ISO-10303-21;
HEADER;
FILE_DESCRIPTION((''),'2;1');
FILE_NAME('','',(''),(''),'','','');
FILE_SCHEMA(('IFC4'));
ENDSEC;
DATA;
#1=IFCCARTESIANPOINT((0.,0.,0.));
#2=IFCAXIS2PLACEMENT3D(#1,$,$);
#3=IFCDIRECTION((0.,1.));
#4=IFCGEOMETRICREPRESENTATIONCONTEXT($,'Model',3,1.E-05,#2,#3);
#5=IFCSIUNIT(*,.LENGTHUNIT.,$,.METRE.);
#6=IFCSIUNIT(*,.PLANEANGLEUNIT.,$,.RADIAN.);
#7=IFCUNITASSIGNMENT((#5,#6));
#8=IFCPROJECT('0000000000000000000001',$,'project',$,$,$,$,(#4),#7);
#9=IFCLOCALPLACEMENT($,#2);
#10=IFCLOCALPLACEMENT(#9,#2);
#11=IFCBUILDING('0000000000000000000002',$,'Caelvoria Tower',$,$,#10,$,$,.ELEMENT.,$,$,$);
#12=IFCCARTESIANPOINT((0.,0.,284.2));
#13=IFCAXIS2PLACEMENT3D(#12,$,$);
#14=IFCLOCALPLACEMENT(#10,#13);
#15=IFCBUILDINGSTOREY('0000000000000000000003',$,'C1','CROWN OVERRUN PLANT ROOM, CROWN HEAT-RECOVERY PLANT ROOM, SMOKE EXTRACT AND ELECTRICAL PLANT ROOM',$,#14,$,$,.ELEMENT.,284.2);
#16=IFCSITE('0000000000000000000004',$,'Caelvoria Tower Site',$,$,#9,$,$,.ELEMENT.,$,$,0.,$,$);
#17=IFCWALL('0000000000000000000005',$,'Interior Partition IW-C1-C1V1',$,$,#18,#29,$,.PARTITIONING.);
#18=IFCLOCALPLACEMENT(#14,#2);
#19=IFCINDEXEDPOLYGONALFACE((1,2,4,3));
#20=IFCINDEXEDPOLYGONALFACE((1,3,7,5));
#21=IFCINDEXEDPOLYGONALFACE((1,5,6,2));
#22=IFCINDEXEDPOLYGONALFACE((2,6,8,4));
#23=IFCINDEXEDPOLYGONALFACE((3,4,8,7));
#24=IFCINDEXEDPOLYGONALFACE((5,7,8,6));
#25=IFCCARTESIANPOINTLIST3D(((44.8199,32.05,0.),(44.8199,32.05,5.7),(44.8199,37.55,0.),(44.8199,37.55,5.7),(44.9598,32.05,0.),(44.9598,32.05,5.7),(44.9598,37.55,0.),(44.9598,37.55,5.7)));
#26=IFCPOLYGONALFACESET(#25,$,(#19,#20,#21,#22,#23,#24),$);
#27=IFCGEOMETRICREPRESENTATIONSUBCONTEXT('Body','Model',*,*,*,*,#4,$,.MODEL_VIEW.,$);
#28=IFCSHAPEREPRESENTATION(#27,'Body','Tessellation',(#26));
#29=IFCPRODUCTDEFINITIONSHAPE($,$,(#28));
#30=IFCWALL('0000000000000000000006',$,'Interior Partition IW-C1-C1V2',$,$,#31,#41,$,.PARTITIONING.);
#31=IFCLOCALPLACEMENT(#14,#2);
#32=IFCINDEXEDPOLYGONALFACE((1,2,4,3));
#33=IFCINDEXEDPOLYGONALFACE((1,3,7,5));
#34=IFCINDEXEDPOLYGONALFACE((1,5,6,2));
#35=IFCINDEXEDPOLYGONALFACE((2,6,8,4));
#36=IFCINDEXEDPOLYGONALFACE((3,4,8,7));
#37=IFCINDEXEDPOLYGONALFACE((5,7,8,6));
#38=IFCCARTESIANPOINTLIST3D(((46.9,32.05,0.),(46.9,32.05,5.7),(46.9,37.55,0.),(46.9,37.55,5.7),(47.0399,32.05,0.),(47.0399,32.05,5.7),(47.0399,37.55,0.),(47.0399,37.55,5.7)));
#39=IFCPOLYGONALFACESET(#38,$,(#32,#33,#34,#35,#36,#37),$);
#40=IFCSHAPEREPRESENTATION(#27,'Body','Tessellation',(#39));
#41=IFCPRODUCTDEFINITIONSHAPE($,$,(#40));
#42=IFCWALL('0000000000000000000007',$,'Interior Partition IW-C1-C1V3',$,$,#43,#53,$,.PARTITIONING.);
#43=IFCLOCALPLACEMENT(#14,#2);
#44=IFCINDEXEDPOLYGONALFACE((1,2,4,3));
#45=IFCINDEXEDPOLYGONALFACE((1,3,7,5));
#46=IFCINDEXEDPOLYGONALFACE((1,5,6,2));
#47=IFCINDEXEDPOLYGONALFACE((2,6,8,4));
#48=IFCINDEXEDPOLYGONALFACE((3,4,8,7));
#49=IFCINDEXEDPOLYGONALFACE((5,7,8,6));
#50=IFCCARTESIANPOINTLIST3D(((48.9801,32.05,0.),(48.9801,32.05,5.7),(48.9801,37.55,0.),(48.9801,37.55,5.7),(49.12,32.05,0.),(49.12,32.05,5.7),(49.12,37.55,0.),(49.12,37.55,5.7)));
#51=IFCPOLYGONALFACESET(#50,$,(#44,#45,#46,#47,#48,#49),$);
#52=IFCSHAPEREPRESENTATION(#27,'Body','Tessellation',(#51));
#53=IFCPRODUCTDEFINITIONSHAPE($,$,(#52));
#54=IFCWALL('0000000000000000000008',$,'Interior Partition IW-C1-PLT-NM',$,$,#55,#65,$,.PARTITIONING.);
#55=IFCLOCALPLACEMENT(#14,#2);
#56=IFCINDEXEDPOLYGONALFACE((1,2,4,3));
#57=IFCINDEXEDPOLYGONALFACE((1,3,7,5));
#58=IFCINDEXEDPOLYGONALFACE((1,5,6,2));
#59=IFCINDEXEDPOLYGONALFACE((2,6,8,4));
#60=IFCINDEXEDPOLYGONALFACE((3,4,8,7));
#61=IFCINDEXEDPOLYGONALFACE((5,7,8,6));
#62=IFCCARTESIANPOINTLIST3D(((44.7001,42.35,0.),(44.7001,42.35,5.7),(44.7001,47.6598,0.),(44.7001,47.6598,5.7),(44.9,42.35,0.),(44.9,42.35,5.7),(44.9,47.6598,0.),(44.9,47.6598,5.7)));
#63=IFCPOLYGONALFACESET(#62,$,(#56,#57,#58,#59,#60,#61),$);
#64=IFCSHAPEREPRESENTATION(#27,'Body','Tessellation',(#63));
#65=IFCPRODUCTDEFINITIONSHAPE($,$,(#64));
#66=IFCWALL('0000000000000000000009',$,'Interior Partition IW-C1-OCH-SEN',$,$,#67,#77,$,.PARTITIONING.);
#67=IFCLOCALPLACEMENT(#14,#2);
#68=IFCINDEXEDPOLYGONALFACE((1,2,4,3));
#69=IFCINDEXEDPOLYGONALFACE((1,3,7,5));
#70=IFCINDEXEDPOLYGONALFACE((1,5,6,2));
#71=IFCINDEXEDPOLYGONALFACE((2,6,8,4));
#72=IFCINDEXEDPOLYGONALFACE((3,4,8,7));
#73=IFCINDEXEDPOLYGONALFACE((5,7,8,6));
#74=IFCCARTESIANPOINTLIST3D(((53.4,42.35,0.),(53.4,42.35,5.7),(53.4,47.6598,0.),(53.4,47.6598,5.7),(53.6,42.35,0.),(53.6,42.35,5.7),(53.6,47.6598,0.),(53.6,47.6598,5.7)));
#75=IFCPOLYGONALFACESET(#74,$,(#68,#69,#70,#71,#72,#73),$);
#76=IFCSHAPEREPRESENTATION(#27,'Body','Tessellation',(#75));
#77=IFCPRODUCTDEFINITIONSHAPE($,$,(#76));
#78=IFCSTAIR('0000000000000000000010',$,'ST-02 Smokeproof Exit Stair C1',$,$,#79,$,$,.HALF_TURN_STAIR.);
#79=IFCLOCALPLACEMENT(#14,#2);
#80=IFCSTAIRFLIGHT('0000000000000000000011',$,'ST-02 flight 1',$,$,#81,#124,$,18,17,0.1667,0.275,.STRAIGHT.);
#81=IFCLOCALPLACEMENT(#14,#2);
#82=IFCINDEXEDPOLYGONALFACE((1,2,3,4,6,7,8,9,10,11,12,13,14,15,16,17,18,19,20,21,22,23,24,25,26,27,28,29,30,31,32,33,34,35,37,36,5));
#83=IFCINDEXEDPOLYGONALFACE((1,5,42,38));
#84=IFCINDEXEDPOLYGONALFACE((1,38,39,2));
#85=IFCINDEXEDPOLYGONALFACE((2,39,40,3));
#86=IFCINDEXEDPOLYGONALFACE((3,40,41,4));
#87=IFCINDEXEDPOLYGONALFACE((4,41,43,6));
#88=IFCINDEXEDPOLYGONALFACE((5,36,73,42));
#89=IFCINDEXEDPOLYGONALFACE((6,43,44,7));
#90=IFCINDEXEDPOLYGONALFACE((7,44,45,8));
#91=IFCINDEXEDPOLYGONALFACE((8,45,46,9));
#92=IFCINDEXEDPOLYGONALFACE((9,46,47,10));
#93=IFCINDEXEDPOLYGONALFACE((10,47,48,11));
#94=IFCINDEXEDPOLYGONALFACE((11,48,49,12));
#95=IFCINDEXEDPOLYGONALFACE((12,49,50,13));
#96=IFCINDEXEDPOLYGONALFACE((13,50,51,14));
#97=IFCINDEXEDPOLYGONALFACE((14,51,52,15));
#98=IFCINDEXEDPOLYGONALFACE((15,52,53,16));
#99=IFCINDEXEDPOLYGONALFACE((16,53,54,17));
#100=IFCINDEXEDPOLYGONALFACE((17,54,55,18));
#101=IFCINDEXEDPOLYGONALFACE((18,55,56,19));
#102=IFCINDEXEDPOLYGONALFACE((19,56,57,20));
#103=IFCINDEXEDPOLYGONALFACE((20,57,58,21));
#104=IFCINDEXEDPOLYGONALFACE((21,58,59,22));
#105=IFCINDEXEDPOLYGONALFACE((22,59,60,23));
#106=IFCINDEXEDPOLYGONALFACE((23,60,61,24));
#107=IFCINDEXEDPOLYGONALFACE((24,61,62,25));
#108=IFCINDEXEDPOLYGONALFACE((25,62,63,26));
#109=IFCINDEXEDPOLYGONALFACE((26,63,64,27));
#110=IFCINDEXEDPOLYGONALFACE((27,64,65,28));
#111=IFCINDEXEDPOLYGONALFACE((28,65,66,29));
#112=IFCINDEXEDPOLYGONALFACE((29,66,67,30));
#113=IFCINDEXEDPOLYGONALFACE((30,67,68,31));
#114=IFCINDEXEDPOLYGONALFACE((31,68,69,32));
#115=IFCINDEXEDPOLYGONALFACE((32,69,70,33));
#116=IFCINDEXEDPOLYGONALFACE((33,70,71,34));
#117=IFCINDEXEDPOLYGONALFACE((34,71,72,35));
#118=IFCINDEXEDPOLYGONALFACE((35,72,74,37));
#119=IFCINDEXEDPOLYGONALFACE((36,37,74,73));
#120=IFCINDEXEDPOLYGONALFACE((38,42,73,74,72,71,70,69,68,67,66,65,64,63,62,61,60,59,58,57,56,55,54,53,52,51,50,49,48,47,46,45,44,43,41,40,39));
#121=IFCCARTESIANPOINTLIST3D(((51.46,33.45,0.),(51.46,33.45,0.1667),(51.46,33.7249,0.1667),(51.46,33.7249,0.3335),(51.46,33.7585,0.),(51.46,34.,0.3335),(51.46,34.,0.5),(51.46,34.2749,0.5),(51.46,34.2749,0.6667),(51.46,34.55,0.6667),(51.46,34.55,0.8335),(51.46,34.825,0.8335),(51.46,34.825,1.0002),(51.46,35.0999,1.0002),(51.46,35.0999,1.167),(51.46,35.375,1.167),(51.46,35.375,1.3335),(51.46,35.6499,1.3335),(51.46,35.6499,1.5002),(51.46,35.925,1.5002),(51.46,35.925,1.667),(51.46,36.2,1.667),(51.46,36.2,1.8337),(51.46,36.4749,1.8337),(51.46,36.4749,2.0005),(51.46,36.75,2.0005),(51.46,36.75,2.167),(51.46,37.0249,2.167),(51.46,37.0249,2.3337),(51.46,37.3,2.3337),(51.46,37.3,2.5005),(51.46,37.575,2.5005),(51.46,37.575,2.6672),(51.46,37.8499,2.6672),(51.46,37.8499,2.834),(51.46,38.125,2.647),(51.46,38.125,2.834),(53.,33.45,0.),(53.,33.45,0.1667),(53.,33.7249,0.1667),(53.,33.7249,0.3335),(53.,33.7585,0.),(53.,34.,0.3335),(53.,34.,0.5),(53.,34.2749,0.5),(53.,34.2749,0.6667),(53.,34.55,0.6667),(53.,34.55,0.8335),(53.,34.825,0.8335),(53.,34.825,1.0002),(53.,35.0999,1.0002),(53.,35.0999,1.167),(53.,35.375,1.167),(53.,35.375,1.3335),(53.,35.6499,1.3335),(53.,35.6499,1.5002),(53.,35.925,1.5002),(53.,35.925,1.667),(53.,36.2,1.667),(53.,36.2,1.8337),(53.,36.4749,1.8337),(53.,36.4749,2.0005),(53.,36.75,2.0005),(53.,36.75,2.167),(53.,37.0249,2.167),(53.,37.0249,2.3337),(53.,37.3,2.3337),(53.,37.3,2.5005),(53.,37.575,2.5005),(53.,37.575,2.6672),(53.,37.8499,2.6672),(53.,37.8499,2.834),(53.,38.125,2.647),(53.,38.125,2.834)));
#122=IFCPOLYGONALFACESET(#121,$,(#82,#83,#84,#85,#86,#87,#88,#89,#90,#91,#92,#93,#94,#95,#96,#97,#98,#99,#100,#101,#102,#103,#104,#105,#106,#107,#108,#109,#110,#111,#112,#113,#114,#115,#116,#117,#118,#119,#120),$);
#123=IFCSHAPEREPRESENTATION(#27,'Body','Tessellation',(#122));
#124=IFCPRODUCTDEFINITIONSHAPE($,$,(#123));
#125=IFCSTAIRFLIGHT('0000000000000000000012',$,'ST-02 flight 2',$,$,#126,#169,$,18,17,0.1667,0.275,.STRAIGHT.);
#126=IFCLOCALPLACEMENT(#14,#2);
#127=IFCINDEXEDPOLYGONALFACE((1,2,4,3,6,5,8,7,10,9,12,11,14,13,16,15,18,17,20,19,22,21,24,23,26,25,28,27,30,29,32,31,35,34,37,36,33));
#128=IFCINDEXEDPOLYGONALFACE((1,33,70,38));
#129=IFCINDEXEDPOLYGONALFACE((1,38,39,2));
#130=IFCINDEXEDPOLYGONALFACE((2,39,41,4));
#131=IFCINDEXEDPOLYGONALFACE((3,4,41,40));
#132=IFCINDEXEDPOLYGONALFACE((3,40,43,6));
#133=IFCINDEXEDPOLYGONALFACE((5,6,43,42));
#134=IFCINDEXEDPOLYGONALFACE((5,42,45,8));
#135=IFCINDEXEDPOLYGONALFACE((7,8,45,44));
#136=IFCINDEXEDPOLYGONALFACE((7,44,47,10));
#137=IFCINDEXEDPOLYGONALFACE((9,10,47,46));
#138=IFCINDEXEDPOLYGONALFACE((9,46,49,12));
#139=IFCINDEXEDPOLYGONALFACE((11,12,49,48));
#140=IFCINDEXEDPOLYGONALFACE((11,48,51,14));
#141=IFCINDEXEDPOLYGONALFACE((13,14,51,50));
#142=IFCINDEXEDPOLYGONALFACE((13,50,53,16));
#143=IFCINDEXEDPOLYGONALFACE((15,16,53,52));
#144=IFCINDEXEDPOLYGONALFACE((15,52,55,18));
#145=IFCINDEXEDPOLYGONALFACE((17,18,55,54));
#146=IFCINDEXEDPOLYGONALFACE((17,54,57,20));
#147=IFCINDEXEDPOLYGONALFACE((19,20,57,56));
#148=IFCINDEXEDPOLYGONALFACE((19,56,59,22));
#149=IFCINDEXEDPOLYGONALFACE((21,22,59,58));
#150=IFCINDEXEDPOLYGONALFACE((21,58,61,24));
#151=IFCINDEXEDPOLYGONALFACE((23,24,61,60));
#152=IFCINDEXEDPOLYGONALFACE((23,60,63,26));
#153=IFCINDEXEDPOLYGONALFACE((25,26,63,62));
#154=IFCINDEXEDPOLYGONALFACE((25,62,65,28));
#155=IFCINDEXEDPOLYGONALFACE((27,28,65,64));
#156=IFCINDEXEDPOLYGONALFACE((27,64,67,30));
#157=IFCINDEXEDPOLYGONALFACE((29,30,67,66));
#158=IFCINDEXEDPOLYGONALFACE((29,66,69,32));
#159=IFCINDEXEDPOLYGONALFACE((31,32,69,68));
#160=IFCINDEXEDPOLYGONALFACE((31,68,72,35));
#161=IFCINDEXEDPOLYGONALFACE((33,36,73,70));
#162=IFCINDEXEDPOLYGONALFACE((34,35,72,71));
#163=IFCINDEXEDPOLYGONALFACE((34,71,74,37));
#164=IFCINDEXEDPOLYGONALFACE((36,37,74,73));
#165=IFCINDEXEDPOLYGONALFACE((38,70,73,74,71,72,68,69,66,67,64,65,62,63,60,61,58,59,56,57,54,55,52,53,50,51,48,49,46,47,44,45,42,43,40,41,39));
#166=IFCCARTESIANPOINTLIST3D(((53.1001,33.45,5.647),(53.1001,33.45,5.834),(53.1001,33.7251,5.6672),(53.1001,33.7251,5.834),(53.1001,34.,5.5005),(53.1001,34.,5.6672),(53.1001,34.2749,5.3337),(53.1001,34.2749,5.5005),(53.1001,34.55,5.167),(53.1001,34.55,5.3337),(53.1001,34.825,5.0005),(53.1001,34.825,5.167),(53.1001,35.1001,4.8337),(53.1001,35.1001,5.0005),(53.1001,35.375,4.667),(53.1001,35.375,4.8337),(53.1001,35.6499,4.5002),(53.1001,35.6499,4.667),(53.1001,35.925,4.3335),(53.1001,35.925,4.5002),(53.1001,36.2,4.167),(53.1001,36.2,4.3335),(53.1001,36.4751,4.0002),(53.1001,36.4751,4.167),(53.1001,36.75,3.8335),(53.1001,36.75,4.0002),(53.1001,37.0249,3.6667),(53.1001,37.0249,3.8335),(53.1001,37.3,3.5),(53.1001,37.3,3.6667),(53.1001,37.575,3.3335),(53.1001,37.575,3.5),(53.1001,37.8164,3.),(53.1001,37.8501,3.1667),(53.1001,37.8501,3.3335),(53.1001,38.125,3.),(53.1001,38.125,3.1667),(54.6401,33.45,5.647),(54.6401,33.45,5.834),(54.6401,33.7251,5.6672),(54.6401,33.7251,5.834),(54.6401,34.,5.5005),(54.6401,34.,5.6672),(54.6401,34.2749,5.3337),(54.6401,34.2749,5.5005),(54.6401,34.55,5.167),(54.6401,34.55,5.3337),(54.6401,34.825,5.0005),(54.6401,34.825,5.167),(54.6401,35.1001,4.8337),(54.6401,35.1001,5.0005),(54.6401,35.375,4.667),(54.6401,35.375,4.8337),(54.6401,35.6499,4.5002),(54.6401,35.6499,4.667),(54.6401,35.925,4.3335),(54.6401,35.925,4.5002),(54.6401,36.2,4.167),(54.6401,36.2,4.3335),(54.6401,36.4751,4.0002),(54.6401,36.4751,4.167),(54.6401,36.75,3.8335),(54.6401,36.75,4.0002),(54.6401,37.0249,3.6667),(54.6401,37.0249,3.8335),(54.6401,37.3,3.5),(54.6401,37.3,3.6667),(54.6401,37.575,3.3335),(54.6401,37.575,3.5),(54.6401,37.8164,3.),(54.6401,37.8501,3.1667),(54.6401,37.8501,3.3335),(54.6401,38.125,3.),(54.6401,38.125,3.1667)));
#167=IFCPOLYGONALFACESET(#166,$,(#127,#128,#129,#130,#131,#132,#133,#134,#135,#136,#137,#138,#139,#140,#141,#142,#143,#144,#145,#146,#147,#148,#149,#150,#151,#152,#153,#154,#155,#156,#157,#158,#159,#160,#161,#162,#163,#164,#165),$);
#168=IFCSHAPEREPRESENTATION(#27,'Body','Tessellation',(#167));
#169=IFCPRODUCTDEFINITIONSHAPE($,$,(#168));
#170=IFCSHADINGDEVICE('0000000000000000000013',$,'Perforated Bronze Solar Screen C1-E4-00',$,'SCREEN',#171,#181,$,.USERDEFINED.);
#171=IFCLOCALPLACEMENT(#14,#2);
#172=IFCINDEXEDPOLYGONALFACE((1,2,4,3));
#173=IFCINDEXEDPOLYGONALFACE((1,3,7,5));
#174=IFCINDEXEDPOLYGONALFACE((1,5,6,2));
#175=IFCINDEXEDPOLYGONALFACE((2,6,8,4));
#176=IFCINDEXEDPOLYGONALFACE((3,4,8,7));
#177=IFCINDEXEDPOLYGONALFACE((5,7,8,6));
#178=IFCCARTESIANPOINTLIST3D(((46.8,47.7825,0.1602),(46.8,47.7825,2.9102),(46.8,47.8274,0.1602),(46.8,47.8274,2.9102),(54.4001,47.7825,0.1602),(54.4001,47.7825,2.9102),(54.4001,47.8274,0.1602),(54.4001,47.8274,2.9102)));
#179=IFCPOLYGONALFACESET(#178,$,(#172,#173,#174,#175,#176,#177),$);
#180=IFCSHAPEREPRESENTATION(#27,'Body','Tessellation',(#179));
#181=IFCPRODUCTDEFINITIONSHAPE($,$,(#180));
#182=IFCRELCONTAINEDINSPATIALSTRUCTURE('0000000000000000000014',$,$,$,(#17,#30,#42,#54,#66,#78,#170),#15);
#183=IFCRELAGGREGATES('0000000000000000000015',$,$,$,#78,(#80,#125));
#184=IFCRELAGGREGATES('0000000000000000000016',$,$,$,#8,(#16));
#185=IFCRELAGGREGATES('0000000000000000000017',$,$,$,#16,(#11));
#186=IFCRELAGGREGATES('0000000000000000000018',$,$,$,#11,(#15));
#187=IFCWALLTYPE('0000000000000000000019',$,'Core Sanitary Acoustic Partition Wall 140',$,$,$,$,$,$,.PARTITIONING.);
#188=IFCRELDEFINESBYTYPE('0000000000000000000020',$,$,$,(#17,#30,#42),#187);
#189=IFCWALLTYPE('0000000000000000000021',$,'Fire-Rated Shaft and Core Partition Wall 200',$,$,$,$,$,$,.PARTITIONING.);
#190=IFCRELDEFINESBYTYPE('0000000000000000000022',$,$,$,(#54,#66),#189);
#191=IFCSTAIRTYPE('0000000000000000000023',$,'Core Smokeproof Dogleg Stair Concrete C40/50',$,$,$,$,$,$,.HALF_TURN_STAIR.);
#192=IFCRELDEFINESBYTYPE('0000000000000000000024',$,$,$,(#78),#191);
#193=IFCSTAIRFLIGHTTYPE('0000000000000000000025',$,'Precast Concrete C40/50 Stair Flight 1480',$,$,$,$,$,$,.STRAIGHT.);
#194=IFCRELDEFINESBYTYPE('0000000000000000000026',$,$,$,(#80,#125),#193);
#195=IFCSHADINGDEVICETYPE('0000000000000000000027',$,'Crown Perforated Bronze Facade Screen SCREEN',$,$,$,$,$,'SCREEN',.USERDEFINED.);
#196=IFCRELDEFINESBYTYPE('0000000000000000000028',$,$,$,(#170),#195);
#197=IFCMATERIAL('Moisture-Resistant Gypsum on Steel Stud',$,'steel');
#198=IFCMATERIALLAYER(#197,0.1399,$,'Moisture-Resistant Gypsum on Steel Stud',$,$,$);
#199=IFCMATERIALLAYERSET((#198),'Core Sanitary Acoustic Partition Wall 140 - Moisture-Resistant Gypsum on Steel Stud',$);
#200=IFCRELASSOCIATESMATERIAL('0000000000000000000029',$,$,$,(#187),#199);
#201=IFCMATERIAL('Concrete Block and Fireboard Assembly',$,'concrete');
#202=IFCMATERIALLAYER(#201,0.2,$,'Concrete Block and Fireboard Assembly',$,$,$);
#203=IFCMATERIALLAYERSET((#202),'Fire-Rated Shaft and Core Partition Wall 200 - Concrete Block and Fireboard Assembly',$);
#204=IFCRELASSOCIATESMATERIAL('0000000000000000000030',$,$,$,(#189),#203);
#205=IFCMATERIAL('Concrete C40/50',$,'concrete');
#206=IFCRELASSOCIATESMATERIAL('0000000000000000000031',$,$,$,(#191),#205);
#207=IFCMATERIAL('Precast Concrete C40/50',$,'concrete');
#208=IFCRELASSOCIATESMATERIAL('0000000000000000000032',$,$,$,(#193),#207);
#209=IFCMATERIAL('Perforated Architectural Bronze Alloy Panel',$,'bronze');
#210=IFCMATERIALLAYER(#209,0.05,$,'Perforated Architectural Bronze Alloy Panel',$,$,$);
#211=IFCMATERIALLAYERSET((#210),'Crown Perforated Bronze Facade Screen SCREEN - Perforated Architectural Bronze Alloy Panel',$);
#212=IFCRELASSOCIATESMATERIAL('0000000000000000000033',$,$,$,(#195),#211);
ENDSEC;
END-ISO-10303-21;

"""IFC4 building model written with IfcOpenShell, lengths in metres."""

from ifc_helpers import new_model, si_unit, direction, frame, frame_2d, origin, origin_2d, place, context, subcontext, project, spatial, polyline, rectangle, outline, extrude, material, layer, layer_set, type_object, element, aggregate, save


model = new_model("IFC4")

# Units and contexts
model_context = context("Model", 3, precision=1e-05, world=origin(), true_north=direction((0.0, 1.0)))
body_context = subcontext(model_context, "Body", "Model", "MODEL_VIEW")
ifc_project = project(units=[si_unit("LENGTHUNIT", "METRE"), si_unit("PLANEANGLEUNIT", "RADIAN")], contexts=[model_context])

# Site, building, storey
site_placement = place(None, origin())
site = spatial("IfcSite", under=ifc_project, at=site_placement, Name="Caelvoria Tower Site", CompositionType="ELEMENT", RefElevation=0.0)
building_placement = place(site_placement, origin())
building = spatial("IfcBuilding", under=site, at=building_placement, Name="Caelvoria Tower", CompositionType="ELEMENT")
storey_placement = place(building_placement, frame((0.0, 0.0, 284.2)))
storey = spatial("IfcBuildingStorey", under=building, at=storey_placement, Name="C1", Description="CROWN OVERRUN PLANT ROOM, CROWN HEAT-RECOVERY PLANT ROOM, SMOKE EXTRACT AND ELECTRICAL PLANT ROOM", CompositionType="ELEMENT", Elevation=284.2)

# Walls
ifc_material_1 = material(Name="Moisture-Resistant Gypsum on Steel Stud", Category="steel")
ifc_layer_1 = layer(ifc_material_1, 0.1399, Name="Moisture-Resistant Gypsum on Steel Stud")
ifc_layer_set_1 = layer_set([ifc_layer_1], Name="Core Sanitary Acoustic Partition Wall 140 - Moisture-Resistant Gypsum on Steel Stud")
wall_type_1 = type_object("IfcWallType", Name="Core Sanitary Acoustic Partition Wall 140", PredefinedType="PARTITIONING", material=ifc_layer_set_1)
for number, where, z_axis, x_axis, name in (
    (1, (44.8899, 32.05, 0.0), (0.0, 0.0, 1.0), (0.0, 1.0, 0.0), "Interior Partition IW-C1-C1V1"),
    (2, (46.97, 32.05, 0.0), (0.0, 0.0, 1.0), (0.0, 1.0, 0.0), "Interior Partition IW-C1-C1V2"),
    (3, (49.05, 32.05, 0.0), (0.0, 0.0, 1.0), (0.0, 1.0, 0.0), "Interior Partition IW-C1-C1V3"),
):
    element("IfcWall", number, at=place(storey_placement, frame(where, z_axis=z_axis, x_axis=x_axis)), inside=storey, type_object=wall_type_1, Name=name, PredefinedType="PARTITIONING", context=body_context, shape_type="SweptSolid", body=[
        extrude(rectangle(XDim=5.5, YDim=0.1399, at=frame_2d((2.75, 0.0))), origin(), (0.0, 0.0, 1.0), 5.7),
    ])
ifc_material_2 = material(Name="Concrete Block and Fireboard Assembly", Category="concrete")
ifc_layer_2 = layer(ifc_material_2, 0.2, Name="Concrete Block and Fireboard Assembly")
ifc_layer_set_2 = layer_set([ifc_layer_2], Name="Fire-Rated Shaft and Core Partition Wall 200 - Concrete Block and Fireboard Assembly")
wall_type_2 = type_object("IfcWallType", Name="Fire-Rated Shaft and Core Partition Wall 200", PredefinedType="PARTITIONING", material=ifc_layer_set_2)
for number, where, z_axis, x_axis, name in (
    (4, (44.8, 42.3501, 0.0), (0.0, 0.0, 1.0), (0.0, 1.0, 0.0), "Interior Partition IW-C1-PLT-NM"),
    (5, (53.5, 42.3501, 0.0), (0.0, 0.0, 1.0), (0.0, 1.0, 0.0), "Interior Partition IW-C1-OCH-SEN"),
):
    element("IfcWall", number, at=place(storey_placement, frame(where, z_axis=z_axis, x_axis=x_axis)), inside=storey, type_object=wall_type_2, Name=name, PredefinedType="PARTITIONING", context=body_context, shape_type="SweptSolid", body=[
        extrude(rectangle(XDim=5.3098, YDim=0.2, at=frame_2d((2.6548, 0.0))), origin(), (0.0, 0.0, 1.0), 5.7),
    ])

# Stair, stair flights
ifc_material_3 = material(Name="Concrete C40/50", Category="concrete")
stair_type = type_object("IfcStairType", Name="Core Smokeproof Dogleg Stair Concrete C40/50", PredefinedType="HALF_TURN_STAIR", material=ifc_material_3)
stair_placement = place(storey_placement, origin())
stair = element("IfcStair", 6, at=stair_placement, inside=storey, type_object=stair_type, Name="ST-02 Smokeproof Exit Stair C1", PredefinedType="HALF_TURN_STAIR")
ifc_material_4 = material(Name="Precast Concrete C40/50", Category="concrete")
stair_flight_type = type_object("IfcStairFlightType", Name="Precast Concrete C40/50 Stair Flight 1480", PredefinedType="STRAIGHT", material=ifc_material_4)
stair_flight_1_placement = place(storey_placement, frame((52.23, 33.45, 0.0), z_axis=(0.0, 0.0, 1.0), x_axis=(0.0, 1.0, 0.0)))
stair_flight_1 = element("IfcStairFlight", 7, at=stair_flight_1_placement, type_object=stair_flight_type, Name="ST-02 flight 1", NumberOfRisers=18, NumberOfTreads=17, PredefinedType="STRAIGHT", RiserHeight=0.1667, TreadLength=0.275, context=body_context, shape_type="SweptSolid", body=[
    extrude(outline(polyline([(0.0, 0.0), (0.0, 0.1667), (0.2749, 0.1667), (0.2749, 0.3335), (0.55, 0.3335), (0.55, 0.5), (0.825, 0.5), (0.825, 0.6667), (1.1001, 0.6667), (1.1001, 0.8335), (1.375, 0.8335), (1.375, 1.0002), (1.6499, 1.0002), (1.6499, 1.167), (1.925, 1.167), (1.925, 1.3335), (2.2, 1.3335), (2.2, 1.5002), (2.4751, 1.5002), (2.4751, 1.667), (2.75, 1.667), (2.75, 1.8337), (3.0249, 1.8337), (3.0249, 2.0005), (3.3, 2.0005), (3.3, 2.167), (3.575, 2.167), (3.575, 2.3337), (3.8501, 2.3337), (3.8501, 2.5005), (4.125, 2.5005), (4.125, 2.6672), (4.3999, 2.6672), (4.3999, 2.834), (4.675, 2.834), (4.675, 3.0005), (4.675, 2.647), (0.3086, 0.0), (0.0, 0.0)])), frame((0.0, 0.77, 0.0), z_axis=(0.0, -1.0, 0.0), x_axis=(1.0, 0.0, 0.0)), (0.0, 0.0, 1.0), 1.54),
])
stair_flight_2_placement = place(storey_placement, frame((53.8701, 38.125, 3.0), z_axis=(0.0, 0.0, 1.0), x_axis=(0.0, -1.0, 0.0)))
stair_flight_2 = element("IfcStairFlight", 8, at=stair_flight_2_placement, type_object=stair_flight_type, Name="ST-02 flight 2", NumberOfRisers=18, NumberOfTreads=17, PredefinedType="STRAIGHT", RiserHeight=0.1667, TreadLength=0.275, context=body_context, shape_type="SweptSolid", body=[
    extrude(outline(polyline([(0.0, 0.0), (0.0, 0.1667), (0.2749, 0.1667), (0.2749, 0.3335), (0.55, 0.3335), (0.55, 0.5), (0.825, 0.5), (0.825, 0.6667), (1.1001, 0.6667), (1.1001, 0.8335), (1.375, 0.8335), (1.375, 1.0002), (1.6499, 1.0002), (1.6499, 1.167), (1.925, 1.167), (1.925, 1.3335), (2.2, 1.3335), (2.2, 1.5002), (2.4751, 1.5002), (2.4751, 1.667), (2.75, 1.667), (2.75, 1.8337), (3.0249, 1.8337), (3.0249, 2.0005), (3.3, 2.0005), (3.3, 2.167), (3.575, 2.167), (3.575, 2.3337), (3.8501, 2.3337), (3.8501, 2.5005), (4.125, 2.5005), (4.125, 2.6672), (4.3999, 2.6672), (4.3999, 2.834), (4.675, 2.834), (4.675, 3.0005), (4.675, 2.647), (0.3086, 0.0), (0.0, 0.0)])), frame((0.0, 0.77, 0.0), z_axis=(0.0, -1.0, 0.0), x_axis=(1.0, 0.0, 0.0)), (0.0, 0.0, 1.0), 1.54),
])
aggregate(stair, [stair_flight_1, stair_flight_2])

# Shading device
ifc_material_5 = material(Name="Perforated Architectural Bronze Alloy Panel", Category="bronze")
ifc_layer_3 = layer(ifc_material_5, 0.05, Name="Perforated Architectural Bronze Alloy Panel")
ifc_layer_set_3 = layer_set([ifc_layer_3], Name="Crown Perforated Bronze Facade Screen SCREEN - Perforated Architectural Bronze Alloy Panel")
shading_device_type = type_object("IfcShadingDeviceType", Name="Crown Perforated Bronze Facade Screen SCREEN", ElementType="SCREEN", PredefinedType="USERDEFINED", material=ifc_layer_set_3)
shading_device_placement = place(storey_placement, frame((50.6001, 47.8049, 0.1602), z_axis=(0.0, 0.0, 1.0), x_axis=(-1.0, 0.0, 0.0)))
element("IfcShadingDevice", 9, at=shading_device_placement, inside=storey, type_object=shading_device_type, Name="Perforated Bronze Solar Screen C1-E4-00", ObjectType="SCREEN", PredefinedType="USERDEFINED", context=body_context, shape_type="SweptSolid", body=[
    extrude(rectangle(XDim=7.6001, YDim=0.0449, at=origin_2d()), origin(), (0.0, 0.0, 1.0), 2.75),
])

save(model, "model.ifc")
